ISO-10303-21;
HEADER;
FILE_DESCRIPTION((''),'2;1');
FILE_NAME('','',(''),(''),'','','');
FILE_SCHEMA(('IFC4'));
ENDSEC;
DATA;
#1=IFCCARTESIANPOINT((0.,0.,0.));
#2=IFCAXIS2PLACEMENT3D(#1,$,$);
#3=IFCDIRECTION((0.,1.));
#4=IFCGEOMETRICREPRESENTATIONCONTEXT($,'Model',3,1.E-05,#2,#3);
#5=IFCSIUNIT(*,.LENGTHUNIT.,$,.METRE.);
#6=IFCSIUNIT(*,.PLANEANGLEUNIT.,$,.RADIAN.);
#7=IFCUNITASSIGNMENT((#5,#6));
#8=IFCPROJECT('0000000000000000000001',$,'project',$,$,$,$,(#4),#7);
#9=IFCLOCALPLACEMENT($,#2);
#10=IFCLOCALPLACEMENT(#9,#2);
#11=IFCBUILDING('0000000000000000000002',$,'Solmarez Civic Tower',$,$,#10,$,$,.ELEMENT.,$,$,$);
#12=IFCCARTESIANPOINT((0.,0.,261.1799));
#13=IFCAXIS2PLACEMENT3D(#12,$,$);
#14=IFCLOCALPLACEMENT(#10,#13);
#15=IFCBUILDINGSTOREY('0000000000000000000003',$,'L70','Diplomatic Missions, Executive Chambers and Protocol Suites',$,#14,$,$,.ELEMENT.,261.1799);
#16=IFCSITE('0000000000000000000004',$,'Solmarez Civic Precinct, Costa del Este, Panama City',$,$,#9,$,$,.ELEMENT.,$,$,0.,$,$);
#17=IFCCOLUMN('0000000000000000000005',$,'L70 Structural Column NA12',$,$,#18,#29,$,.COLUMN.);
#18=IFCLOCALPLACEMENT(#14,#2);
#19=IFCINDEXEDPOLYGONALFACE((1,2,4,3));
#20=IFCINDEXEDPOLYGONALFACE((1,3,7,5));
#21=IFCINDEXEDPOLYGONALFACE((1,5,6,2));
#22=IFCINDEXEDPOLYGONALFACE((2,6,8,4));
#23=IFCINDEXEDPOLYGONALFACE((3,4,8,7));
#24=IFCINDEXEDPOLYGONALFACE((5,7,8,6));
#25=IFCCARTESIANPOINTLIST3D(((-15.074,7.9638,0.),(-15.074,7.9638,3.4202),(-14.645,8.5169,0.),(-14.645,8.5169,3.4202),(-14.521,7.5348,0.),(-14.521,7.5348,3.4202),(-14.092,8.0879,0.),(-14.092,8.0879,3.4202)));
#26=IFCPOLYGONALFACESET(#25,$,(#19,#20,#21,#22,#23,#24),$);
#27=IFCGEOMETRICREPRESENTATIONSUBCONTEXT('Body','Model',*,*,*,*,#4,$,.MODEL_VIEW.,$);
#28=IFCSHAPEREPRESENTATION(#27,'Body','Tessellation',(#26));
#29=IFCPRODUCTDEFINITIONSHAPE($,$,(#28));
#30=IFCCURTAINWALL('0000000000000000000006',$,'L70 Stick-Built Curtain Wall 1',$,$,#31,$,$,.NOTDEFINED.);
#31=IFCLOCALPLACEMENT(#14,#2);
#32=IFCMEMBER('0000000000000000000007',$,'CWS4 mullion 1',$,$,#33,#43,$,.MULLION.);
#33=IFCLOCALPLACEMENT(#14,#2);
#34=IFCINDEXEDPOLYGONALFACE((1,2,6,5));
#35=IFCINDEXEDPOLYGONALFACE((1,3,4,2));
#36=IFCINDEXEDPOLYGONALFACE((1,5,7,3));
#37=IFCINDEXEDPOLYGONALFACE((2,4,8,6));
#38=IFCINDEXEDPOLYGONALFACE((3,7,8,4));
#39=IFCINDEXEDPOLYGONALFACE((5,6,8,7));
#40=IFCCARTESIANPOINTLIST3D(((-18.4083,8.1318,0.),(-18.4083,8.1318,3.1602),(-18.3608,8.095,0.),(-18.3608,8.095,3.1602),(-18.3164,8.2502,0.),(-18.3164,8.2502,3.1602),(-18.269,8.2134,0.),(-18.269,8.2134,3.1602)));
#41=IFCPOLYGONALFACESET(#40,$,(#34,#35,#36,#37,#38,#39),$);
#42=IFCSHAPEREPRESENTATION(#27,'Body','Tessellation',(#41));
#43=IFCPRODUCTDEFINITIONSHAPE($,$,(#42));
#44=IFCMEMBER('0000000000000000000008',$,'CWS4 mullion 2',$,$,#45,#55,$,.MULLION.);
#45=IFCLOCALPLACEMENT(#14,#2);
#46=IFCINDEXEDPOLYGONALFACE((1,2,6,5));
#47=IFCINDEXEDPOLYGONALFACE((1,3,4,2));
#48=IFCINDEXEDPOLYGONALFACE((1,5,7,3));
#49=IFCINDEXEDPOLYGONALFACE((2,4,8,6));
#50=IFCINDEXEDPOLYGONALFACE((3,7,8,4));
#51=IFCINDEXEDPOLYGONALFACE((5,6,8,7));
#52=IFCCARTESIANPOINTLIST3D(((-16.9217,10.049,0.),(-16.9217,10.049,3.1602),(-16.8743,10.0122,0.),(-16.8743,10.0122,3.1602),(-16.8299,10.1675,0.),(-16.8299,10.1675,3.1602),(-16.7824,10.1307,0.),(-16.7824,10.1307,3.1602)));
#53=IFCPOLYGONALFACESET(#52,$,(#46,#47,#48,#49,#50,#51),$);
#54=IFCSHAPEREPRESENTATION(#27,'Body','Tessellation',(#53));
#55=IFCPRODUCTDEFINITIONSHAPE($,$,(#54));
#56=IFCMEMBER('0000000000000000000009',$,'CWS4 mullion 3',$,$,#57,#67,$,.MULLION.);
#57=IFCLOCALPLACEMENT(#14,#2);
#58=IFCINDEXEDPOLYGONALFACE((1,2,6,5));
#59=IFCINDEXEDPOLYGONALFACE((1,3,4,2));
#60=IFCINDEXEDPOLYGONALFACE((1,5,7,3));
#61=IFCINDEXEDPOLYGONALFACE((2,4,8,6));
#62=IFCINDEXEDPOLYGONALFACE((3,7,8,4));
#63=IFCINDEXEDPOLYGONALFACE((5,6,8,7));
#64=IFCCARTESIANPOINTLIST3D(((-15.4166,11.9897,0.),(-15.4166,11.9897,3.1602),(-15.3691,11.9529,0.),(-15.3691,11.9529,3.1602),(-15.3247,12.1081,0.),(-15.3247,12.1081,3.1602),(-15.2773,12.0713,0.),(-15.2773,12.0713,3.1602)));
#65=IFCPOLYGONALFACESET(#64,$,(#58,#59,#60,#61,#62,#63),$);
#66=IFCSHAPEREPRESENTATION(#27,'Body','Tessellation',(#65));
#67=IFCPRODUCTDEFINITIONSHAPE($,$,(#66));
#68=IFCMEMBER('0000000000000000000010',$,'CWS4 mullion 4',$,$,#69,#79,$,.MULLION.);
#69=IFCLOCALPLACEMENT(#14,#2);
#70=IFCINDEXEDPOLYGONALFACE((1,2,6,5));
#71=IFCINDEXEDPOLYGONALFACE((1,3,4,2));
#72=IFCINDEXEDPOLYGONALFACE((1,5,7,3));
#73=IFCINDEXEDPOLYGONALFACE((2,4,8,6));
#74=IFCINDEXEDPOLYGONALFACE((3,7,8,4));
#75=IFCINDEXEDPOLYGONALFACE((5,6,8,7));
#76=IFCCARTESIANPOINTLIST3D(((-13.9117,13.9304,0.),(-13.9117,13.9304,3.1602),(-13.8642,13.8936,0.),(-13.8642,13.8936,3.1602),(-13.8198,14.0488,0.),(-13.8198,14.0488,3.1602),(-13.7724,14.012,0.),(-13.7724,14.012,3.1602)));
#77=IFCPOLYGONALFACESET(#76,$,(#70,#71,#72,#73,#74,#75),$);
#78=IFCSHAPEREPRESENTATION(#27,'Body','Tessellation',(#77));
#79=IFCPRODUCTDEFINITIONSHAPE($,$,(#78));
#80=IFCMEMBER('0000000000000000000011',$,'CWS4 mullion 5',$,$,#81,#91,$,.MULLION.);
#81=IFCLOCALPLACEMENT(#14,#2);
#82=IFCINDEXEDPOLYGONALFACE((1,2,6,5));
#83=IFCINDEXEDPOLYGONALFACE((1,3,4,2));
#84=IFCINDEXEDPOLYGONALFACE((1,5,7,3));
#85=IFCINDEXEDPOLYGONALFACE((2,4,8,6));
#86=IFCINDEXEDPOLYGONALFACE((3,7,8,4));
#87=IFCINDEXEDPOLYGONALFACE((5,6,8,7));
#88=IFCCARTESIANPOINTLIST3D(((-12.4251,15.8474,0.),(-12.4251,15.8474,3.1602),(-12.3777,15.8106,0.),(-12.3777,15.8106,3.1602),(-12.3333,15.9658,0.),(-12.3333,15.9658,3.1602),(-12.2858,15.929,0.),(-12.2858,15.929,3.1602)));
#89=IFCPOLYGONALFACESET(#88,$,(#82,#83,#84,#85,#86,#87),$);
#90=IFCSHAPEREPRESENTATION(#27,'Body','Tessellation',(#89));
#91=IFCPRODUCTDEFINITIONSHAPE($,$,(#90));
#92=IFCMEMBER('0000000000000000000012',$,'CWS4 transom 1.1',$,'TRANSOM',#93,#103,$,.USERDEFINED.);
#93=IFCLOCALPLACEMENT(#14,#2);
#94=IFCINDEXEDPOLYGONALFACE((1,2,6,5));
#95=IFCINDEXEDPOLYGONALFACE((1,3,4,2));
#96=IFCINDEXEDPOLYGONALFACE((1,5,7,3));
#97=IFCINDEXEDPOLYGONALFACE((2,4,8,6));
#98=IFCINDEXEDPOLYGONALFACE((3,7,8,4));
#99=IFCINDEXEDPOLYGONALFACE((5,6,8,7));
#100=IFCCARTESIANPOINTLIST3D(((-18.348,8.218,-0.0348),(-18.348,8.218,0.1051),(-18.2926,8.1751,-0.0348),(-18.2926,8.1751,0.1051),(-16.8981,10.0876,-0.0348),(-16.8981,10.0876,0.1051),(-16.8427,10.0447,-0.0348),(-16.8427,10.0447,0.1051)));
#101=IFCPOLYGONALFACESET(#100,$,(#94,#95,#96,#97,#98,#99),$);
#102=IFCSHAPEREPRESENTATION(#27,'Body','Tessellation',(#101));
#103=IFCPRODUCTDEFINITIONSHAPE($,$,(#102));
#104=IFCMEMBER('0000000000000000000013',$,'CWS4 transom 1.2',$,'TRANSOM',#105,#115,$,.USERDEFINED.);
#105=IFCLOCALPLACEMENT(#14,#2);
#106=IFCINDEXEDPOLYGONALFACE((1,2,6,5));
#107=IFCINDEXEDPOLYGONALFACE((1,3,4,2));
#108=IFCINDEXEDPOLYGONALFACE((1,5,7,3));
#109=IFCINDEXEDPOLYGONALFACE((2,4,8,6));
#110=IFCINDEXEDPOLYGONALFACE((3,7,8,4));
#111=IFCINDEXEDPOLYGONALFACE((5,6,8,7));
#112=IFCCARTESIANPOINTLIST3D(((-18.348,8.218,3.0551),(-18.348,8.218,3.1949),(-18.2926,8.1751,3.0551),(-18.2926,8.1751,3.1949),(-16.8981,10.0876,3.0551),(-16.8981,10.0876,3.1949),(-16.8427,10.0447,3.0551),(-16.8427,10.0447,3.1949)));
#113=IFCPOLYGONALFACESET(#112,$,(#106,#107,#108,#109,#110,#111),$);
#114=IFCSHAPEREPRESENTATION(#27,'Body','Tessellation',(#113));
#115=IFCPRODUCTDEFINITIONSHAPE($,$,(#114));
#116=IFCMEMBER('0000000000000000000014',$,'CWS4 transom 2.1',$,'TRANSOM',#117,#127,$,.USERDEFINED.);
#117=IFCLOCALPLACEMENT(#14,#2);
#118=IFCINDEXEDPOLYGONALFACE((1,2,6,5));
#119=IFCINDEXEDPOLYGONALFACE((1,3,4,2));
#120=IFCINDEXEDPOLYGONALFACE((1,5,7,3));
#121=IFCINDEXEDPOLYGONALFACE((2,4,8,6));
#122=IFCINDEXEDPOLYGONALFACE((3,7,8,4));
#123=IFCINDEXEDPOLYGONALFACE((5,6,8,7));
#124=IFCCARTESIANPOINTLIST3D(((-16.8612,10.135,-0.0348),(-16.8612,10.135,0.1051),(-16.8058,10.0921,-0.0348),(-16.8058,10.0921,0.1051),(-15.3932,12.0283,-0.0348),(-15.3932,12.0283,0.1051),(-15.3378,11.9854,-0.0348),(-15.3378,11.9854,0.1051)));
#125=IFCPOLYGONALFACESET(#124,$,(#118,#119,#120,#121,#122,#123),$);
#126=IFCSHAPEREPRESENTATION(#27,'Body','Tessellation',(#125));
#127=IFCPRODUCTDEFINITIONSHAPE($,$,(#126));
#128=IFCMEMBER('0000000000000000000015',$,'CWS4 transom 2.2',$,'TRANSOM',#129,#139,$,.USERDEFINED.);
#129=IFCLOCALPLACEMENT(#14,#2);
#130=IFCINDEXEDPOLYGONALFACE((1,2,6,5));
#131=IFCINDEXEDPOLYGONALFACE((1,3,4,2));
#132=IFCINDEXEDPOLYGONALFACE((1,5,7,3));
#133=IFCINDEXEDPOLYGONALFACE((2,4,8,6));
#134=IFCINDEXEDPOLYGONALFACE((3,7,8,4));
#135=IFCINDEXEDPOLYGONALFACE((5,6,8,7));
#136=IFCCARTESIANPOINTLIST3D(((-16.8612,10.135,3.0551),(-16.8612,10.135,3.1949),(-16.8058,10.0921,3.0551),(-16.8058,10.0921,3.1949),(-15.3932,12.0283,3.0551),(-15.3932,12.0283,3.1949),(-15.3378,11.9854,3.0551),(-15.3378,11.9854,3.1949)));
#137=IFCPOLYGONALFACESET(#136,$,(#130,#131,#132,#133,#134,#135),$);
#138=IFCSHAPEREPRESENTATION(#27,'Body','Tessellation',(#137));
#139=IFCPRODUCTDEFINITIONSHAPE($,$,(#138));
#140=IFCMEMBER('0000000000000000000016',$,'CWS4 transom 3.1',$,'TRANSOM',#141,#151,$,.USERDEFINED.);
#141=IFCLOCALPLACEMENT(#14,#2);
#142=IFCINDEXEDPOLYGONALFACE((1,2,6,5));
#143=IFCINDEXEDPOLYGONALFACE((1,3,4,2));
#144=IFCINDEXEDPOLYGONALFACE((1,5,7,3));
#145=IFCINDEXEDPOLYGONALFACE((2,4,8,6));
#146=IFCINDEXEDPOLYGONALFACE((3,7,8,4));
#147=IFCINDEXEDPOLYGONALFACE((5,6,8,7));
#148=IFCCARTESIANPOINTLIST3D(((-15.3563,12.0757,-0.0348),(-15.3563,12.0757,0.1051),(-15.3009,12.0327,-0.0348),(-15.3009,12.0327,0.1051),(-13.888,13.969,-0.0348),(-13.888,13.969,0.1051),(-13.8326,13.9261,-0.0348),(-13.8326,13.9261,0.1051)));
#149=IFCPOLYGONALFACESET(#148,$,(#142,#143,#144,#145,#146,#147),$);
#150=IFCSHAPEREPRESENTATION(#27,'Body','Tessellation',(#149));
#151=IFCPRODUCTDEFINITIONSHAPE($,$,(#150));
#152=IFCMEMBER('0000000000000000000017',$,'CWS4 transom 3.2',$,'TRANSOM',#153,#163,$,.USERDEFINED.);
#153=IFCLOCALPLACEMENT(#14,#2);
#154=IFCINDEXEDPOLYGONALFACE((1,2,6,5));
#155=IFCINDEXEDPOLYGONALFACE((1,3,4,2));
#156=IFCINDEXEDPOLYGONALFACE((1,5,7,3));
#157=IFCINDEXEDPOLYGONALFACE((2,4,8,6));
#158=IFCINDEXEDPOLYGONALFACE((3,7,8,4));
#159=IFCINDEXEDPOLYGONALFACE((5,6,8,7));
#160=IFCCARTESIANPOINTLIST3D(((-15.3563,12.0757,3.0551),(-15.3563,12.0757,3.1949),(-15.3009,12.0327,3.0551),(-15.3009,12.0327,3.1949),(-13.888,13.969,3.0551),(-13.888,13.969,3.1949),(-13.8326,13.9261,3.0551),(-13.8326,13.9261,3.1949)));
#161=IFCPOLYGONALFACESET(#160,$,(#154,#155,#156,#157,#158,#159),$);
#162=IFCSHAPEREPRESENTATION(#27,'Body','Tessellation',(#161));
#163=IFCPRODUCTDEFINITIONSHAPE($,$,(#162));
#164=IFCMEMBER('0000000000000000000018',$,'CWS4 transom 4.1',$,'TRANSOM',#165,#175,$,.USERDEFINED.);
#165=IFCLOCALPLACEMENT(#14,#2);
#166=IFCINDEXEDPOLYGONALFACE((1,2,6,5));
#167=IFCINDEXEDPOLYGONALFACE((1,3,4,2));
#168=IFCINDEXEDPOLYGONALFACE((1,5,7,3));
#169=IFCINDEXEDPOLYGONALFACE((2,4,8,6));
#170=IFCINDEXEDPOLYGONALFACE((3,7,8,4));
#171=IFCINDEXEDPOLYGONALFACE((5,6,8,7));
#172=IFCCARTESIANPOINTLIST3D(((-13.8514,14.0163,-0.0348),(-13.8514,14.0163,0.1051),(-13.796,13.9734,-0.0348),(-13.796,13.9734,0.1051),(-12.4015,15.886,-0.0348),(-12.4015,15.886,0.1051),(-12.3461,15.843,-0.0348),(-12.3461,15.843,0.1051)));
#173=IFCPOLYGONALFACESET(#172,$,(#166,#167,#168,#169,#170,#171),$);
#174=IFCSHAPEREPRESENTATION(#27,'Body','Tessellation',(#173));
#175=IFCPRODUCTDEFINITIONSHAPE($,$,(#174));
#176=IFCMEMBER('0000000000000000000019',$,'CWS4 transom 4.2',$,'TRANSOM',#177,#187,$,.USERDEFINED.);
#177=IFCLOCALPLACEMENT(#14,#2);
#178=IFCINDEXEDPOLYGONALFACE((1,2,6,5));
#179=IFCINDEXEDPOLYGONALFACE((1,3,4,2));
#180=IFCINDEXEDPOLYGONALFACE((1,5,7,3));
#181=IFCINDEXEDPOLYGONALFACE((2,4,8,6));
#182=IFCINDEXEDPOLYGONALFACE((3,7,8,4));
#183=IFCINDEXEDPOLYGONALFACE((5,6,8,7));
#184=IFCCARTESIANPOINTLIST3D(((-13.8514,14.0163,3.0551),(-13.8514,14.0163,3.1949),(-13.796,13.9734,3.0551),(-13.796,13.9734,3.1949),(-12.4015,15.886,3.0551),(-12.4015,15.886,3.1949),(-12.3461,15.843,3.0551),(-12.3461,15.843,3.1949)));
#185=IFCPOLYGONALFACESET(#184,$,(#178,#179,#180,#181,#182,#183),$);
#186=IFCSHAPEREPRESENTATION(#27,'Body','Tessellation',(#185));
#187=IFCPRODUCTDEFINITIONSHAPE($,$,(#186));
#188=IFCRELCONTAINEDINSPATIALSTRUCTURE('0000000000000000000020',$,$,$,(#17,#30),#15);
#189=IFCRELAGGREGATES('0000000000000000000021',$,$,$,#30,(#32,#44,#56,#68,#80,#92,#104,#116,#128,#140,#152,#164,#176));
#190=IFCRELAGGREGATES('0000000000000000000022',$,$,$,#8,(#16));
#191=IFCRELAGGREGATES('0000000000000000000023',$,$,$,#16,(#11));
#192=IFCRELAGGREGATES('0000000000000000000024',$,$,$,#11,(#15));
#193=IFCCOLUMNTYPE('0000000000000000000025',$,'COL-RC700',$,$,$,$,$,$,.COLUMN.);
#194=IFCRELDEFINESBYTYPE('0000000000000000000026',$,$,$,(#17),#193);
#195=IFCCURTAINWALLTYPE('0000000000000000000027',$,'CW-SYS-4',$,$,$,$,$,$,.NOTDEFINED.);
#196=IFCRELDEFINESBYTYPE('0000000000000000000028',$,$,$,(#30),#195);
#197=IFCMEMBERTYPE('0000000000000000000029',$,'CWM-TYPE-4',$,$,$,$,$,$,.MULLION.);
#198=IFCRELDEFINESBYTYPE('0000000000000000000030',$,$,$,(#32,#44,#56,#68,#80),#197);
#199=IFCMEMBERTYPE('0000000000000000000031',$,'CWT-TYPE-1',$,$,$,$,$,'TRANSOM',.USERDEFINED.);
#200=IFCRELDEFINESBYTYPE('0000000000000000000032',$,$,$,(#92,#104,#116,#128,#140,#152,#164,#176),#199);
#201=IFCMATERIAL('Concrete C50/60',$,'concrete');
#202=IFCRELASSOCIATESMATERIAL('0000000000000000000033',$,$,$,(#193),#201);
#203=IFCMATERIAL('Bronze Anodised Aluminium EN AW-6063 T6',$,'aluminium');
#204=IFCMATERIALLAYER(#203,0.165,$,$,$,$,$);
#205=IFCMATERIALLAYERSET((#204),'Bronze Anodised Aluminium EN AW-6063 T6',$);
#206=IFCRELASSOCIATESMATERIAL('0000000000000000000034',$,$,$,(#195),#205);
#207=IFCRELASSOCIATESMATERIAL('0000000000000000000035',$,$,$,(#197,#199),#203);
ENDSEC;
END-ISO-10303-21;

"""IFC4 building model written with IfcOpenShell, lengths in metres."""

from ifc_helpers import new_model, si_unit, direction, frame, origin, origin_2d, place, context, subcontext, project, spatial, rectangle, extrude, material, layer, layer_set, material_profile, profile_set, type_object, element, aggregate, save


model = new_model("IFC4")

# Units and contexts
model_context = context("Model", 3, precision=1e-05, world=origin(), true_north=direction((0.0, 1.0)))
body_context = subcontext(model_context, "Body", "Model", "MODEL_VIEW")
ifc_project = project(units=[si_unit("LENGTHUNIT", "METRE"), si_unit("PLANEANGLEUNIT", "RADIAN")], contexts=[model_context])

# Site, building, storey
site_placement = place(None, origin())
site = spatial("IfcSite", under=ifc_project, at=site_placement, Name="Solmarez Civic Precinct, Costa del Este, Panama City", CompositionType="ELEMENT", RefElevation=0.0)
building_placement = place(site_placement, origin())
building = spatial("IfcBuilding", under=site, at=building_placement, Name="Solmarez Civic Tower", CompositionType="ELEMENT")
storey_placement = place(building_placement, frame((0.0, 0.0, 261.1799)))
storey = spatial("IfcBuildingStorey", under=building, at=storey_placement, Name="L70", Description="Diplomatic Missions, Executive Chambers and Protocol Suites", CompositionType="ELEMENT", Elevation=261.1799)

# Column
ifc_material_1 = material(Name="Concrete C50/60", Category="concrete")
ifc_material_profile_1 = material_profile(ifc_material_1, rectangle(XDim=0.7, YDim=0.7, at=origin_2d()), Name="RC700X700")
ifc_profile_set_1 = profile_set([ifc_material_profile_1], Name="Concrete C50/60")
column_type = type_object("IfcColumnType", Name="COL-RC700", PredefinedType="COLUMN", material=ifc_profile_set_1)
column_placement = place(storey_placement, frame((-14.583, 8.0259, 0.0), z_axis=(0.0, 0.0, 1.0), x_axis=(0.612907, 0.790155, 0.0)))
element("IfcColumn", 1, at=column_placement, inside=storey, type_object=column_type, Name="L70 Structural Column NA12", PredefinedType="COLUMN", context=body_context, shape_type="SweptSolid", body=[
    extrude(rectangle(XDim=0.7, YDim=0.7, at=origin_2d()), origin(), (0.0, 0.0, 1.0), 3.4202),
])

# Curtain wall, members
ifc_material_2 = material(Name="Bronze Anodised Aluminium EN AW-6063 T6", Category="aluminium")
ifc_layer_1 = layer(ifc_material_2, 0.165)
ifc_layer_set_1 = layer_set([ifc_layer_1], Name="Bronze Anodised Aluminium EN AW-6063 T6")
curtain_wall_type = type_object("IfcCurtainWallType", Name="CW-SYS-4", PredefinedType="NOTDEFINED", material=ifc_layer_set_1)
curtain_wall_placement = place(storey_placement, origin())
curtain_wall = element("IfcCurtainWall", 2, at=curtain_wall_placement, inside=storey, type_object=curtain_wall_type, Name="L70 Stick-Built Curtain Wall 1", PredefinedType="NOTDEFINED")
ifc_material_profile_2 = material_profile(ifc_material_2, rectangle(XDim=0.0601, YDim=0.1499, at=origin_2d()), Name="CWM-60X150")
ifc_profile_set_2 = profile_set([ifc_material_profile_2], Name="Bronze Anodised Aluminium EN AW-6063 T6")
member_type_1 = type_object("IfcMemberType", Name="CWM-TYPE-4", PredefinedType="MULLION", material=ifc_profile_set_2)
member_1_placement = place(storey_placement, frame((-18.3386, 8.1726, 0.0), z_axis=(0.0, 0.0, 1.0), x_axis=(-0.790234, 0.612805, 0.0)))
member_1 = element("IfcMember", 3, at=member_1_placement, type_object=member_type_1, Name="CWS4 mullion 1", PredefinedType="MULLION", context=body_context, shape_type="SweptSolid", body=[
    extrude(rectangle(XDim=0.0601, YDim=0.1499, at=origin_2d()), origin(), (0.0, 0.0, 1.0), 3.1602),
])
member_2_placement = place(storey_placement, frame((-16.8521, 10.0898, 0.0), z_axis=(0.0, 0.0, 1.0), x_axis=(-0.790234, 0.612805, 0.0)))
member_2 = element("IfcMember", 4, at=member_2_placement, type_object=member_type_1, Name="CWS4 mullion 2", PredefinedType="MULLION", context=body_context, shape_type="SweptSolid", body=[
    extrude(rectangle(XDim=0.0601, YDim=0.1499, at=origin_2d()), origin(), (0.0, 0.0, 1.0), 3.1602),
])
member_3_placement = place(storey_placement, frame((-15.3469, 12.0305, 0.0), z_axis=(0.0, 0.0, 1.0), x_axis=(-0.790234, 0.612805, 0.0)))
member_3 = element("IfcMember", 5, at=member_3_placement, type_object=member_type_1, Name="CWS4 mullion 3", PredefinedType="MULLION", context=body_context, shape_type="SweptSolid", body=[
    extrude(rectangle(XDim=0.0601, YDim=0.1499, at=origin_2d()), origin(), (0.0, 0.0, 1.0), 3.1602),
])
member_4_placement = place(storey_placement, frame((-13.842, 13.9712, 0.0), z_axis=(0.0, 0.0, 1.0), x_axis=(-0.790234, 0.612805, 0.0)))
member_4 = element("IfcMember", 6, at=member_4_placement, type_object=member_type_1, Name="CWS4 mullion 4", PredefinedType="MULLION", context=body_context, shape_type="SweptSolid", body=[
    extrude(rectangle(XDim=0.0601, YDim=0.1499, at=origin_2d()), origin(), (0.0, 0.0, 1.0), 3.1602),
])
member_5_placement = place(storey_placement, frame((-12.3555, 15.8882, 0.0), z_axis=(0.0, 0.0, 1.0), x_axis=(-0.790234, 0.612805, 0.0)))
member_5 = element("IfcMember", 7, at=member_5_placement, type_object=member_type_1, Name="CWS4 mullion 5", PredefinedType="MULLION", context=body_context, shape_type="SweptSolid", body=[
    extrude(rectangle(XDim=0.0601, YDim=0.1499, at=origin_2d()), origin(), (0.0, 0.0, 1.0), 3.1602),
])
ifc_material_profile_3 = material_profile(ifc_material_2, rectangle(XDim=0.0701, YDim=0.1399, at=origin_2d()), Name="CWT-70X140")
ifc_profile_set_3 = profile_set([ifc_material_profile_3], Name="Bronze Anodised Aluminium EN AW-6063 T6")
member_type_2 = type_object("IfcMemberType", Name="CWT-TYPE-1", ElementType="TRANSOM", PredefinedType="USERDEFINED", material=ifc_profile_set_3)
member_6_placement = place(storey_placement, frame((-18.3203, 8.1965, 0.0352), z_axis=(0.612833, 0.790213, 0.0), x_axis=(-0.790213, 0.612833, 0.0)))
member_6 = element("IfcMember", 8, at=member_6_placement, type_object=member_type_2, Name="CWS4 transom 1.1", ObjectType="TRANSOM", PredefinedType="USERDEFINED", context=body_context, shape_type="SweptSolid", body=[
    extrude(rectangle(XDim=0.0701, YDim=0.1399, at=origin_2d()), origin(), (0.0, 0.0, 1.0), 2.366),
])
member_7_placement = place(storey_placement, frame((-18.3203, 8.1965, 3.125), z_axis=(0.612833, 0.790213, 0.0), x_axis=(-0.790213, 0.612833, 0.0)))
member_7 = element("IfcMember", 9, at=member_7_placement, type_object=member_type_2, Name="CWS4 transom 1.2", ObjectType="TRANSOM", PredefinedType="USERDEFINED", context=body_context, shape_type="SweptSolid", body=[
    extrude(rectangle(XDim=0.0701, YDim=0.1399, at=origin_2d()), origin(), (0.0, 0.0, 1.0), 2.366),
])
member_8_placement = place(storey_placement, frame((-16.8335, 10.1135, 0.0352), z_axis=(0.612755, 0.790273, 0.0), x_axis=(-0.790273, 0.612755, 0.0)))
member_8 = element("IfcMember", 10, at=member_8_placement, type_object=member_type_2, Name="CWS4 transom 2.1", ObjectType="TRANSOM", PredefinedType="USERDEFINED", context=body_context, shape_type="SweptSolid", body=[
    extrude(rectangle(XDim=0.0701, YDim=0.1399, at=origin_2d()), origin(), (0.0, 0.0, 1.0), 2.3958),
])
member_9_placement = place(storey_placement, frame((-16.8335, 10.1135, 3.125), z_axis=(0.612755, 0.790273, 0.0), x_axis=(-0.790273, 0.612755, 0.0)))
member_9 = element("IfcMember", 11, at=member_9_placement, type_object=member_type_2, Name="CWS4 transom 2.2", ObjectType="TRANSOM", PredefinedType="USERDEFINED", context=body_context, shape_type="SweptSolid", body=[
    extrude(rectangle(XDim=0.0701, YDim=0.1399, at=origin_2d()), origin(), (0.0, 0.0, 1.0), 2.3958),
])
member_10_placement = place(storey_placement, frame((-15.3286, 12.0542, 0.0352), z_axis=(0.612818, 0.790224, 0.0), x_axis=(-0.790224, 0.612818, 0.0)))
member_10 = element("IfcMember", 12, at=member_10_placement, type_object=member_type_2, Name="CWS4 transom 3.1", ObjectType="TRANSOM", PredefinedType="USERDEFINED", context=body_context, shape_type="SweptSolid", body=[
    extrude(rectangle(XDim=0.0701, YDim=0.1399, at=origin_2d()), origin(), (0.0, 0.0, 1.0), 2.396),
])
member_11_placement = place(storey_placement, frame((-15.3286, 12.0542, 3.125), z_axis=(0.612818, 0.790224, 0.0), x_axis=(-0.790224, 0.612818, 0.0)))
member_11 = element("IfcMember", 13, at=member_11_placement, type_object=member_type_2, Name="CWS4 transom 3.2", ObjectType="TRANSOM", PredefinedType="USERDEFINED", context=body_context, shape_type="SweptSolid", body=[
    extrude(rectangle(XDim=0.0701, YDim=0.1399, at=origin_2d()), origin(), (0.0, 0.0, 1.0), 2.396),
])
member_12_placement = place(storey_placement, frame((-13.8237, 13.9949, 0.0352), z_axis=(0.612833, 0.790213, 0.0), x_axis=(-0.790213, 0.612833, 0.0)))
member_12 = element("IfcMember", 14, at=member_12_placement, type_object=member_type_2, Name="CWS4 transom 4.1", ObjectType="TRANSOM", PredefinedType="USERDEFINED", context=body_context, shape_type="SweptSolid", body=[
    extrude(rectangle(XDim=0.0701, YDim=0.1399, at=origin_2d()), origin(), (0.0, 0.0, 1.0), 2.366),
])
member_13_placement = place(storey_placement, frame((-13.8237, 13.9949, 3.125), z_axis=(0.612833, 0.790213, 0.0), x_axis=(-0.790213, 0.612833, 0.0)))
member_13 = element("IfcMember", 15, at=member_13_placement, type_object=member_type_2, Name="CWS4 transom 4.2", ObjectType="TRANSOM", PredefinedType="USERDEFINED", context=body_context, shape_type="SweptSolid", body=[
    extrude(rectangle(XDim=0.0701, YDim=0.1399, at=origin_2d()), origin(), (0.0, 0.0, 1.0), 2.366),
])
aggregate(curtain_wall, [member_1, member_2, member_3, member_4, member_5, member_6, member_7, member_8, member_9, member_10, member_11, member_12, member_13])

save(model, "model.ifc")
